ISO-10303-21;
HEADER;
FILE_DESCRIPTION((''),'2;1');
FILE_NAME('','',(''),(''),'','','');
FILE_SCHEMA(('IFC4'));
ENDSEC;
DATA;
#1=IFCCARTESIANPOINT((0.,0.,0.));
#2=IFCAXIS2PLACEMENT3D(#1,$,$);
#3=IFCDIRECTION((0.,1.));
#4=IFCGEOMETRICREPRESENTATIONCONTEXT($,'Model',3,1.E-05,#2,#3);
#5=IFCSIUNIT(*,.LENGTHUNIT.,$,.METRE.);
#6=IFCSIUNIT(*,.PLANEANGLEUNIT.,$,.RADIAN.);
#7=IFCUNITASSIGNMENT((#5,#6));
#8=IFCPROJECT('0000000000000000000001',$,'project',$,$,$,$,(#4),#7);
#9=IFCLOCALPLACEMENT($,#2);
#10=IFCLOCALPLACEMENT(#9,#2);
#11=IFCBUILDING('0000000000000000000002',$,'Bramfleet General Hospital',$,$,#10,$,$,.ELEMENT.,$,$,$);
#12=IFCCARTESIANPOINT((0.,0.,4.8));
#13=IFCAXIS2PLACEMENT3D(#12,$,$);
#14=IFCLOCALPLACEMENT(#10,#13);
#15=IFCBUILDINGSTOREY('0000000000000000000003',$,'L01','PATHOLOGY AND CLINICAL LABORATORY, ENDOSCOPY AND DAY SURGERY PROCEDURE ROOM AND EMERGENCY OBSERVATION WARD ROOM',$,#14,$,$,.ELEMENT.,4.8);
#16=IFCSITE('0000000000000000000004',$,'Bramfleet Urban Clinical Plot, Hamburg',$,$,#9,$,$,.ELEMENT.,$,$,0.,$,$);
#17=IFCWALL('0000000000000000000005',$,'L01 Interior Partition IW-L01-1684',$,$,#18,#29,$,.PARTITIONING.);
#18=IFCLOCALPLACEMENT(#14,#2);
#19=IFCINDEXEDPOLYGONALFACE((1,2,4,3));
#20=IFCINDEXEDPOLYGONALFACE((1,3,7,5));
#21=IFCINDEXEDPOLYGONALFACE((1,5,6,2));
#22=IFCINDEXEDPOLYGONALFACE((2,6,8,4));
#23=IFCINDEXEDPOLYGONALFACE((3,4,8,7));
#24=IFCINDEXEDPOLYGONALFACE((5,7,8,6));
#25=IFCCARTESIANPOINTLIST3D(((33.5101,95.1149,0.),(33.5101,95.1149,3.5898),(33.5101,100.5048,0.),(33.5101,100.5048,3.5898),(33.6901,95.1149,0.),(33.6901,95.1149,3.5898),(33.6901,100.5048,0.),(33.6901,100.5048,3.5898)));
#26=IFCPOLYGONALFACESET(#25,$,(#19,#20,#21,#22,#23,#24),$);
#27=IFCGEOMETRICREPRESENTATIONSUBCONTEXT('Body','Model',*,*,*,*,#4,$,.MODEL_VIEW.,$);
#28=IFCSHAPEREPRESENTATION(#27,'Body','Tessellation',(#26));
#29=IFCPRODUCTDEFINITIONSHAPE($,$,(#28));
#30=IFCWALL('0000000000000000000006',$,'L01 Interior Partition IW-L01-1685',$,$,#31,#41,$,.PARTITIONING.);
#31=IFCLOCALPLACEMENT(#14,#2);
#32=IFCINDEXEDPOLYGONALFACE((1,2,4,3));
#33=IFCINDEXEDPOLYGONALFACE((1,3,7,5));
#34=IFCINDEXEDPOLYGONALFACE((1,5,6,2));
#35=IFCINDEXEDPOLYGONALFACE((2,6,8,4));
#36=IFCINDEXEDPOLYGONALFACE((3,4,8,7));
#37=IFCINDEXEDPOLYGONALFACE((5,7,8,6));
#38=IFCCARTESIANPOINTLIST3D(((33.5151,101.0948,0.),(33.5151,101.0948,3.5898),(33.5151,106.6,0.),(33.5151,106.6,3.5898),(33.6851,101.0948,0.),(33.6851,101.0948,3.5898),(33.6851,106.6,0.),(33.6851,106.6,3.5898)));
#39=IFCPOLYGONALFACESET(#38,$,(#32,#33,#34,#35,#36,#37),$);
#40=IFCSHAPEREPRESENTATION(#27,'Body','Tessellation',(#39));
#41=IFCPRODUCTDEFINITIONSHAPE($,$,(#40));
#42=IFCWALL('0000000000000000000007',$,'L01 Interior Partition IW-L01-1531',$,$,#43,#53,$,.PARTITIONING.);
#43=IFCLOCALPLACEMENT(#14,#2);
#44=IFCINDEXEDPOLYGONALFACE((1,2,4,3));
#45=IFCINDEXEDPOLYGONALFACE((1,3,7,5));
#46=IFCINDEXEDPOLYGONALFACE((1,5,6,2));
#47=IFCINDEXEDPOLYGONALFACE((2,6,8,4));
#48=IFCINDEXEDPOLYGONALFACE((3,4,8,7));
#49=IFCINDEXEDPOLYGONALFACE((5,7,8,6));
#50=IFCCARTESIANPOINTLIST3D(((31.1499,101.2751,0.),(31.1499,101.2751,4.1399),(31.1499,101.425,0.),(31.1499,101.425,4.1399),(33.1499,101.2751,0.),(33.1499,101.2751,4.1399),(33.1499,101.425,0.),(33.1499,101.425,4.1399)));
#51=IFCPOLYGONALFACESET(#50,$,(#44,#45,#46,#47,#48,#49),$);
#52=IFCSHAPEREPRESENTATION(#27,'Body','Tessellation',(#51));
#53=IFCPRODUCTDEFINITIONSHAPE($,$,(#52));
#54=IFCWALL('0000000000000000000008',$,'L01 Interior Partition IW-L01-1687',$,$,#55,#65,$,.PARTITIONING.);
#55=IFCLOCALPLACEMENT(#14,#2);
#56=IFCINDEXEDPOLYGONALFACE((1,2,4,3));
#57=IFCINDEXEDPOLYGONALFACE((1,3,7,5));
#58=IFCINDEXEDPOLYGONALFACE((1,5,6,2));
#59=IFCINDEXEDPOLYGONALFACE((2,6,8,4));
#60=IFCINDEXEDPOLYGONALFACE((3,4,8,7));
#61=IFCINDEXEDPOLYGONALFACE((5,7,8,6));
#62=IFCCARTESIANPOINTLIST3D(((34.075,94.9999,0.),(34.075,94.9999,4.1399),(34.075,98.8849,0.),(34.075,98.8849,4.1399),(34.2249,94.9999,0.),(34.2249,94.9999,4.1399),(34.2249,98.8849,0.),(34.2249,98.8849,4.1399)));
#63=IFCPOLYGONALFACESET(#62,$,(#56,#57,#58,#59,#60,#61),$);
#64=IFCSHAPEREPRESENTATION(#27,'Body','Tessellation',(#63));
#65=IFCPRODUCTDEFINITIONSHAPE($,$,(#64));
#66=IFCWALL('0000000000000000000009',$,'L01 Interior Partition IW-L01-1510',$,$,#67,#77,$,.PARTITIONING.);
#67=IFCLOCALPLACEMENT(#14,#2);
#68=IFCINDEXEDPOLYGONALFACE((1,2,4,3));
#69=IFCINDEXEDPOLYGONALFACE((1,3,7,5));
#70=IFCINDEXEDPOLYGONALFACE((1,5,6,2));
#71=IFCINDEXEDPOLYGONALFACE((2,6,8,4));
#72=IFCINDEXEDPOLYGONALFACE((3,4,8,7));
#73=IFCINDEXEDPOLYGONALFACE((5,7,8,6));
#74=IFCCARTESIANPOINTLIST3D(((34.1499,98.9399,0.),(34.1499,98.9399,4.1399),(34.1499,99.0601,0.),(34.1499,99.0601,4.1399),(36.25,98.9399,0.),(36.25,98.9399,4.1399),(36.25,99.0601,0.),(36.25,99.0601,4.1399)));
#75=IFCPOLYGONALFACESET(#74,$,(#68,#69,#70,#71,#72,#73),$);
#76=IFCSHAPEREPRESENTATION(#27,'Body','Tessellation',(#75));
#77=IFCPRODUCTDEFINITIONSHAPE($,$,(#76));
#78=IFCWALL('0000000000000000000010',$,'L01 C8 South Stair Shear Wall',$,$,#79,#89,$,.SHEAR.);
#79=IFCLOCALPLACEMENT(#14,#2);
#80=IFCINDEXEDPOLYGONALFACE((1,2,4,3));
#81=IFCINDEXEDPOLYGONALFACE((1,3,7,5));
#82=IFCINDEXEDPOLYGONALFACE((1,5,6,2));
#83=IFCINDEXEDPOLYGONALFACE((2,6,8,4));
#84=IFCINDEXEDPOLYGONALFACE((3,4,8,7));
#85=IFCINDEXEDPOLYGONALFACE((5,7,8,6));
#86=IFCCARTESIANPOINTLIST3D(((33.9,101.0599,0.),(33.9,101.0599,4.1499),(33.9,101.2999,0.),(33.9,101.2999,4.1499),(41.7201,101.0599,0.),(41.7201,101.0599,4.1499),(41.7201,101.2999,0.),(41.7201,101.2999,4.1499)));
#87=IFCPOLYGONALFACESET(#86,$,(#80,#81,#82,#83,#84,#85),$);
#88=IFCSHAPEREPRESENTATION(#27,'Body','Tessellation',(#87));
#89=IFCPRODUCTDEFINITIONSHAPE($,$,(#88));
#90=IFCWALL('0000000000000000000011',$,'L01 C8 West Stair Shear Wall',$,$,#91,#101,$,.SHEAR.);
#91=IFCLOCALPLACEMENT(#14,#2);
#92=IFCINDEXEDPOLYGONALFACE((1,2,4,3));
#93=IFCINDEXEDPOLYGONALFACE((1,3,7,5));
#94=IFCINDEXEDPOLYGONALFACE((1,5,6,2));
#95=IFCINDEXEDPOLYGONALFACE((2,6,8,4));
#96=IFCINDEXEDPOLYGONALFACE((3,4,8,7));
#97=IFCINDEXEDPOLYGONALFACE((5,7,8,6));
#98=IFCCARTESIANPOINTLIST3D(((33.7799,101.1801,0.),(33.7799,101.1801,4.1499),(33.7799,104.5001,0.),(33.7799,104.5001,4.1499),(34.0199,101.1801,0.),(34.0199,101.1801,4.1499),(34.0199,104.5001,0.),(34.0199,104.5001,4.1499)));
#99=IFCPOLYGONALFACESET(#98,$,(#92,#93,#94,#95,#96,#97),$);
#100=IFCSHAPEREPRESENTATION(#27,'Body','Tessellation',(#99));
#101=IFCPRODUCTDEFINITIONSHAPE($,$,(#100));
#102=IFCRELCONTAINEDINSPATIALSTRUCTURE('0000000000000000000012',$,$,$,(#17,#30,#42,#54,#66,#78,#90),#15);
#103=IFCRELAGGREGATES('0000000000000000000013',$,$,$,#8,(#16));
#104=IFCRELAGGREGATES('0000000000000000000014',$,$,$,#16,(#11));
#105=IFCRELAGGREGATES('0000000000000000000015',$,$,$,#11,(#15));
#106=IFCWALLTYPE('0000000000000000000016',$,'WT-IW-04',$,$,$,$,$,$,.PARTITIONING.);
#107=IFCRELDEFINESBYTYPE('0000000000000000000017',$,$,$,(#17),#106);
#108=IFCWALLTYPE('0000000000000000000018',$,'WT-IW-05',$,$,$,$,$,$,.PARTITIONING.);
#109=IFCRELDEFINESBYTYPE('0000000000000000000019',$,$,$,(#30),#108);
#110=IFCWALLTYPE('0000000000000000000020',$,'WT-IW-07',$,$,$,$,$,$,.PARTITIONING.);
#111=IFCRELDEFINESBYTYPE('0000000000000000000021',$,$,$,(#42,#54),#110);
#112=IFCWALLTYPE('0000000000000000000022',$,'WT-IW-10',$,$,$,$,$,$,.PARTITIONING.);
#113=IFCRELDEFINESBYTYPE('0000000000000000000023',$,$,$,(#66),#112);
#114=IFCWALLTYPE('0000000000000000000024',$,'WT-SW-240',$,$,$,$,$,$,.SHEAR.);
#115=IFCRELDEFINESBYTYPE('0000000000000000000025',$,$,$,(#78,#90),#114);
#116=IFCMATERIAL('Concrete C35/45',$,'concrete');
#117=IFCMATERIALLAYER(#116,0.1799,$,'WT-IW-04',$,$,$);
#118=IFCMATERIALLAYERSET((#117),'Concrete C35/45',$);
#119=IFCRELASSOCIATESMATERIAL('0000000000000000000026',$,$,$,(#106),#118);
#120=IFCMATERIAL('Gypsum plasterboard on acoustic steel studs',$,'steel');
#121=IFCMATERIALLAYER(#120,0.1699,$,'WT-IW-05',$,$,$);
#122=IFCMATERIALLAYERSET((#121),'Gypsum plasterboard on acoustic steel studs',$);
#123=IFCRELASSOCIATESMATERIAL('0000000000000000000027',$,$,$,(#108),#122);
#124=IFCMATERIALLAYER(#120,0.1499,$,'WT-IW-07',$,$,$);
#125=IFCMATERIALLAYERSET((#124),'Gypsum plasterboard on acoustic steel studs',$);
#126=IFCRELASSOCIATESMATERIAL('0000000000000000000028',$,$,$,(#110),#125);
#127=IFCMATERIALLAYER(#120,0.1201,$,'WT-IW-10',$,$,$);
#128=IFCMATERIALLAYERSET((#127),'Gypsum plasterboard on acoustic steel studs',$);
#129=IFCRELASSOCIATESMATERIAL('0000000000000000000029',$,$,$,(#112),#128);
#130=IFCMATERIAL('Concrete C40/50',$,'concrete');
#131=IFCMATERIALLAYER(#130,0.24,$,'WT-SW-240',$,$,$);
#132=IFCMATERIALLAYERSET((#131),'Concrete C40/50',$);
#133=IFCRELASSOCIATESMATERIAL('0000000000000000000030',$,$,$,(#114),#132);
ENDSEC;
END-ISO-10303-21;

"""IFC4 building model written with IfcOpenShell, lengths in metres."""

from ifc_helpers import new_model, si_unit, direction, frame, frame_2d, origin, place, context, subcontext, project, spatial, rectangle, extrude, material, layer, layer_set, type_object, element, save


model = new_model("IFC4")

# Units and contexts
model_context = context("Model", 3, precision=1e-05, world=origin(), true_north=direction((0.0, 1.0)))
body_context = subcontext(model_context, "Body", "Model", "MODEL_VIEW")
ifc_project = project(units=[si_unit("LENGTHUNIT", "METRE"), si_unit("PLANEANGLEUNIT", "RADIAN")], contexts=[model_context])

# Site, building, storey
site_placement = place(None, origin())
site = spatial("IfcSite", under=ifc_project, at=site_placement, Name="Bramfleet Urban Clinical Plot, Hamburg", CompositionType="ELEMENT", RefElevation=0.0)
building_placement = place(site_placement, origin())
building = spatial("IfcBuilding", under=site, at=building_placement, Name="Bramfleet General Hospital", CompositionType="ELEMENT")
storey_placement = place(building_placement, frame((0.0, 0.0, 4.8)))
storey = spatial("IfcBuildingStorey", under=building, at=storey_placement, Name="L01", Description="PATHOLOGY AND CLINICAL LABORATORY, ENDOSCOPY AND DAY SURGERY PROCEDURE ROOM AND EMERGENCY OBSERVATION WARD ROOM", CompositionType="ELEMENT", Elevation=4.8)

# Shared definitions
ifc_material_1 = material(Name="Concrete C40/50", Category="concrete")

# Shared definitions
ifc_material_2 = material(Name="Concrete C35/45", Category="concrete")

# Walls
ifc_layer_1 = layer(ifc_material_2, 0.1799, Name="WT-IW-04")
ifc_layer_set_1 = layer_set([ifc_layer_1], Name="Concrete C35/45")
wall_type_1 = type_object("IfcWallType", Name="WT-IW-04", PredefinedType="PARTITIONING", material=ifc_layer_set_1)
wall_1_placement = place(storey_placement, frame((33.6001, 95.115, 0.0), z_axis=(0.0, 0.0, 1.0), x_axis=(0.0, 1.0, 0.0)))
element("IfcWall", 1, at=wall_1_placement, inside=storey, type_object=wall_type_1, Name="L01 Interior Partition IW-L01-1684", PredefinedType="PARTITIONING", context=body_context, shape_type="SweptSolid", body=[
    extrude(rectangle(XDim=5.3899, YDim=0.1799, at=frame_2d((2.6948, 0.0))), origin(), (0.0, 0.0, 1.0), 3.5898),
])
ifc_material_3 = material(Name="Gypsum plasterboard on acoustic steel studs", Category="steel")
ifc_layer_2 = layer(ifc_material_3, 0.1699, Name="WT-IW-05")
ifc_layer_set_2 = layer_set([ifc_layer_2], Name="Gypsum plasterboard on acoustic steel studs")
wall_type_2 = type_object("IfcWallType", Name="WT-IW-05", PredefinedType="PARTITIONING", material=ifc_layer_set_2)
wall_2_placement = place(storey_placement, frame((33.6001, 101.095, 0.0), z_axis=(0.0, 0.0, 1.0), x_axis=(0.0, 1.0, 0.0)))
element("IfcWall", 2, at=wall_2_placement, inside=storey, type_object=wall_type_2, Name="L01 Interior Partition IW-L01-1685", PredefinedType="PARTITIONING", context=body_context, shape_type="SweptSolid", body=[
    extrude(rectangle(XDim=5.5051, YDim=0.1699, at=frame_2d((2.7524, 0.0))), origin(), (0.0, 0.0, 1.0), 3.5898),
])
ifc_layer_3 = layer(ifc_material_3, 0.1499, Name="WT-IW-07")
ifc_layer_set_3 = layer_set([ifc_layer_3], Name="Gypsum plasterboard on acoustic steel studs")
wall_type_3 = type_object("IfcWallType", Name="WT-IW-07", PredefinedType="PARTITIONING", material=ifc_layer_set_3)
wall_3_placement = place(storey_placement, frame((31.1499, 101.3501, 0.0), z_axis=(0.0, 0.0, 1.0), x_axis=(1.0, 0.0, 0.0)))
element("IfcWall", 3, at=wall_3_placement, inside=storey, type_object=wall_type_3, Name="L01 Interior Partition IW-L01-1531", PredefinedType="PARTITIONING", context=body_context, shape_type="SweptSolid", body=[
    extrude(rectangle(XDim=2.0, YDim=0.1499, at=frame_2d((1.0, 0.0))), origin(), (0.0, 0.0, 1.0), 4.1399),
])
wall_4_placement = place(storey_placement, frame((34.1499, 95.0, 0.0), z_axis=(0.0, 0.0, 1.0), x_axis=(0.0, 1.0, 0.0)))
element("IfcWall", 4, at=wall_4_placement, inside=storey, type_object=wall_type_3, Name="L01 Interior Partition IW-L01-1687", PredefinedType="PARTITIONING", context=body_context, shape_type="SweptSolid", body=[
    extrude(rectangle(XDim=3.885, YDim=0.1499, at=frame_2d((1.9424, 0.0))), origin(), (0.0, 0.0, 1.0), 4.1399),
])
ifc_layer_4 = layer(ifc_material_3, 0.1201, Name="WT-IW-10")
ifc_layer_set_4 = layer_set([ifc_layer_4], Name="Gypsum plasterboard on acoustic steel studs")
wall_type_4 = type_object("IfcWallType", Name="WT-IW-10", PredefinedType="PARTITIONING", material=ifc_layer_set_4)
wall_5_placement = place(storey_placement, frame((34.1499, 99.0, 0.0), z_axis=(0.0, 0.0, 1.0), x_axis=(1.0, 0.0, 0.0)))
element("IfcWall", 5, at=wall_5_placement, inside=storey, type_object=wall_type_4, Name="L01 Interior Partition IW-L01-1510", PredefinedType="PARTITIONING", context=body_context, shape_type="SweptSolid", body=[
    extrude(rectangle(XDim=2.1001, YDim=0.1201, at=frame_2d((1.05, 0.0))), origin(), (0.0, 0.0, 1.0), 4.1399),
])
ifc_layer_5 = layer(ifc_material_1, 0.24, Name="WT-SW-240")
ifc_layer_set_5 = layer_set([ifc_layer_5], Name="Concrete C40/50")
wall_type_5 = type_object("IfcWallType", Name="WT-SW-240", PredefinedType="SHEAR", material=ifc_layer_set_5)
wall_6_placement = place(storey_placement, frame((33.8999, 101.1799, 0.0), z_axis=(0.0, 0.0, 1.0), x_axis=(1.0, 0.0, 0.0)))
element("IfcWall", 6, at=wall_6_placement, inside=storey, type_object=wall_type_5, Name="L01 C8 South Stair Shear Wall", PredefinedType="SHEAR", context=body_context, shape_type="SweptSolid", body=[
    extrude(rectangle(XDim=7.8201, YDim=0.24, at=frame_2d((3.9102, 0.0))), origin(), (0.0, 0.0, 1.0), 4.1499),
])
wall_7_placement = place(storey_placement, frame((33.8999, 101.1799, 0.0), z_axis=(0.0, 0.0, 1.0), x_axis=(0.0, 1.0, 0.0)))
element("IfcWall", 7, at=wall_7_placement, inside=storey, type_object=wall_type_5, Name="L01 C8 West Stair Shear Wall", PredefinedType="SHEAR", context=body_context, shape_type="SweptSolid", body=[
    extrude(rectangle(XDim=3.3201, YDim=0.24, at=frame_2d((1.6602, 0.0))), origin(), (0.0, 0.0, 1.0), 4.1499),
])

save(model, "model.ifc")
